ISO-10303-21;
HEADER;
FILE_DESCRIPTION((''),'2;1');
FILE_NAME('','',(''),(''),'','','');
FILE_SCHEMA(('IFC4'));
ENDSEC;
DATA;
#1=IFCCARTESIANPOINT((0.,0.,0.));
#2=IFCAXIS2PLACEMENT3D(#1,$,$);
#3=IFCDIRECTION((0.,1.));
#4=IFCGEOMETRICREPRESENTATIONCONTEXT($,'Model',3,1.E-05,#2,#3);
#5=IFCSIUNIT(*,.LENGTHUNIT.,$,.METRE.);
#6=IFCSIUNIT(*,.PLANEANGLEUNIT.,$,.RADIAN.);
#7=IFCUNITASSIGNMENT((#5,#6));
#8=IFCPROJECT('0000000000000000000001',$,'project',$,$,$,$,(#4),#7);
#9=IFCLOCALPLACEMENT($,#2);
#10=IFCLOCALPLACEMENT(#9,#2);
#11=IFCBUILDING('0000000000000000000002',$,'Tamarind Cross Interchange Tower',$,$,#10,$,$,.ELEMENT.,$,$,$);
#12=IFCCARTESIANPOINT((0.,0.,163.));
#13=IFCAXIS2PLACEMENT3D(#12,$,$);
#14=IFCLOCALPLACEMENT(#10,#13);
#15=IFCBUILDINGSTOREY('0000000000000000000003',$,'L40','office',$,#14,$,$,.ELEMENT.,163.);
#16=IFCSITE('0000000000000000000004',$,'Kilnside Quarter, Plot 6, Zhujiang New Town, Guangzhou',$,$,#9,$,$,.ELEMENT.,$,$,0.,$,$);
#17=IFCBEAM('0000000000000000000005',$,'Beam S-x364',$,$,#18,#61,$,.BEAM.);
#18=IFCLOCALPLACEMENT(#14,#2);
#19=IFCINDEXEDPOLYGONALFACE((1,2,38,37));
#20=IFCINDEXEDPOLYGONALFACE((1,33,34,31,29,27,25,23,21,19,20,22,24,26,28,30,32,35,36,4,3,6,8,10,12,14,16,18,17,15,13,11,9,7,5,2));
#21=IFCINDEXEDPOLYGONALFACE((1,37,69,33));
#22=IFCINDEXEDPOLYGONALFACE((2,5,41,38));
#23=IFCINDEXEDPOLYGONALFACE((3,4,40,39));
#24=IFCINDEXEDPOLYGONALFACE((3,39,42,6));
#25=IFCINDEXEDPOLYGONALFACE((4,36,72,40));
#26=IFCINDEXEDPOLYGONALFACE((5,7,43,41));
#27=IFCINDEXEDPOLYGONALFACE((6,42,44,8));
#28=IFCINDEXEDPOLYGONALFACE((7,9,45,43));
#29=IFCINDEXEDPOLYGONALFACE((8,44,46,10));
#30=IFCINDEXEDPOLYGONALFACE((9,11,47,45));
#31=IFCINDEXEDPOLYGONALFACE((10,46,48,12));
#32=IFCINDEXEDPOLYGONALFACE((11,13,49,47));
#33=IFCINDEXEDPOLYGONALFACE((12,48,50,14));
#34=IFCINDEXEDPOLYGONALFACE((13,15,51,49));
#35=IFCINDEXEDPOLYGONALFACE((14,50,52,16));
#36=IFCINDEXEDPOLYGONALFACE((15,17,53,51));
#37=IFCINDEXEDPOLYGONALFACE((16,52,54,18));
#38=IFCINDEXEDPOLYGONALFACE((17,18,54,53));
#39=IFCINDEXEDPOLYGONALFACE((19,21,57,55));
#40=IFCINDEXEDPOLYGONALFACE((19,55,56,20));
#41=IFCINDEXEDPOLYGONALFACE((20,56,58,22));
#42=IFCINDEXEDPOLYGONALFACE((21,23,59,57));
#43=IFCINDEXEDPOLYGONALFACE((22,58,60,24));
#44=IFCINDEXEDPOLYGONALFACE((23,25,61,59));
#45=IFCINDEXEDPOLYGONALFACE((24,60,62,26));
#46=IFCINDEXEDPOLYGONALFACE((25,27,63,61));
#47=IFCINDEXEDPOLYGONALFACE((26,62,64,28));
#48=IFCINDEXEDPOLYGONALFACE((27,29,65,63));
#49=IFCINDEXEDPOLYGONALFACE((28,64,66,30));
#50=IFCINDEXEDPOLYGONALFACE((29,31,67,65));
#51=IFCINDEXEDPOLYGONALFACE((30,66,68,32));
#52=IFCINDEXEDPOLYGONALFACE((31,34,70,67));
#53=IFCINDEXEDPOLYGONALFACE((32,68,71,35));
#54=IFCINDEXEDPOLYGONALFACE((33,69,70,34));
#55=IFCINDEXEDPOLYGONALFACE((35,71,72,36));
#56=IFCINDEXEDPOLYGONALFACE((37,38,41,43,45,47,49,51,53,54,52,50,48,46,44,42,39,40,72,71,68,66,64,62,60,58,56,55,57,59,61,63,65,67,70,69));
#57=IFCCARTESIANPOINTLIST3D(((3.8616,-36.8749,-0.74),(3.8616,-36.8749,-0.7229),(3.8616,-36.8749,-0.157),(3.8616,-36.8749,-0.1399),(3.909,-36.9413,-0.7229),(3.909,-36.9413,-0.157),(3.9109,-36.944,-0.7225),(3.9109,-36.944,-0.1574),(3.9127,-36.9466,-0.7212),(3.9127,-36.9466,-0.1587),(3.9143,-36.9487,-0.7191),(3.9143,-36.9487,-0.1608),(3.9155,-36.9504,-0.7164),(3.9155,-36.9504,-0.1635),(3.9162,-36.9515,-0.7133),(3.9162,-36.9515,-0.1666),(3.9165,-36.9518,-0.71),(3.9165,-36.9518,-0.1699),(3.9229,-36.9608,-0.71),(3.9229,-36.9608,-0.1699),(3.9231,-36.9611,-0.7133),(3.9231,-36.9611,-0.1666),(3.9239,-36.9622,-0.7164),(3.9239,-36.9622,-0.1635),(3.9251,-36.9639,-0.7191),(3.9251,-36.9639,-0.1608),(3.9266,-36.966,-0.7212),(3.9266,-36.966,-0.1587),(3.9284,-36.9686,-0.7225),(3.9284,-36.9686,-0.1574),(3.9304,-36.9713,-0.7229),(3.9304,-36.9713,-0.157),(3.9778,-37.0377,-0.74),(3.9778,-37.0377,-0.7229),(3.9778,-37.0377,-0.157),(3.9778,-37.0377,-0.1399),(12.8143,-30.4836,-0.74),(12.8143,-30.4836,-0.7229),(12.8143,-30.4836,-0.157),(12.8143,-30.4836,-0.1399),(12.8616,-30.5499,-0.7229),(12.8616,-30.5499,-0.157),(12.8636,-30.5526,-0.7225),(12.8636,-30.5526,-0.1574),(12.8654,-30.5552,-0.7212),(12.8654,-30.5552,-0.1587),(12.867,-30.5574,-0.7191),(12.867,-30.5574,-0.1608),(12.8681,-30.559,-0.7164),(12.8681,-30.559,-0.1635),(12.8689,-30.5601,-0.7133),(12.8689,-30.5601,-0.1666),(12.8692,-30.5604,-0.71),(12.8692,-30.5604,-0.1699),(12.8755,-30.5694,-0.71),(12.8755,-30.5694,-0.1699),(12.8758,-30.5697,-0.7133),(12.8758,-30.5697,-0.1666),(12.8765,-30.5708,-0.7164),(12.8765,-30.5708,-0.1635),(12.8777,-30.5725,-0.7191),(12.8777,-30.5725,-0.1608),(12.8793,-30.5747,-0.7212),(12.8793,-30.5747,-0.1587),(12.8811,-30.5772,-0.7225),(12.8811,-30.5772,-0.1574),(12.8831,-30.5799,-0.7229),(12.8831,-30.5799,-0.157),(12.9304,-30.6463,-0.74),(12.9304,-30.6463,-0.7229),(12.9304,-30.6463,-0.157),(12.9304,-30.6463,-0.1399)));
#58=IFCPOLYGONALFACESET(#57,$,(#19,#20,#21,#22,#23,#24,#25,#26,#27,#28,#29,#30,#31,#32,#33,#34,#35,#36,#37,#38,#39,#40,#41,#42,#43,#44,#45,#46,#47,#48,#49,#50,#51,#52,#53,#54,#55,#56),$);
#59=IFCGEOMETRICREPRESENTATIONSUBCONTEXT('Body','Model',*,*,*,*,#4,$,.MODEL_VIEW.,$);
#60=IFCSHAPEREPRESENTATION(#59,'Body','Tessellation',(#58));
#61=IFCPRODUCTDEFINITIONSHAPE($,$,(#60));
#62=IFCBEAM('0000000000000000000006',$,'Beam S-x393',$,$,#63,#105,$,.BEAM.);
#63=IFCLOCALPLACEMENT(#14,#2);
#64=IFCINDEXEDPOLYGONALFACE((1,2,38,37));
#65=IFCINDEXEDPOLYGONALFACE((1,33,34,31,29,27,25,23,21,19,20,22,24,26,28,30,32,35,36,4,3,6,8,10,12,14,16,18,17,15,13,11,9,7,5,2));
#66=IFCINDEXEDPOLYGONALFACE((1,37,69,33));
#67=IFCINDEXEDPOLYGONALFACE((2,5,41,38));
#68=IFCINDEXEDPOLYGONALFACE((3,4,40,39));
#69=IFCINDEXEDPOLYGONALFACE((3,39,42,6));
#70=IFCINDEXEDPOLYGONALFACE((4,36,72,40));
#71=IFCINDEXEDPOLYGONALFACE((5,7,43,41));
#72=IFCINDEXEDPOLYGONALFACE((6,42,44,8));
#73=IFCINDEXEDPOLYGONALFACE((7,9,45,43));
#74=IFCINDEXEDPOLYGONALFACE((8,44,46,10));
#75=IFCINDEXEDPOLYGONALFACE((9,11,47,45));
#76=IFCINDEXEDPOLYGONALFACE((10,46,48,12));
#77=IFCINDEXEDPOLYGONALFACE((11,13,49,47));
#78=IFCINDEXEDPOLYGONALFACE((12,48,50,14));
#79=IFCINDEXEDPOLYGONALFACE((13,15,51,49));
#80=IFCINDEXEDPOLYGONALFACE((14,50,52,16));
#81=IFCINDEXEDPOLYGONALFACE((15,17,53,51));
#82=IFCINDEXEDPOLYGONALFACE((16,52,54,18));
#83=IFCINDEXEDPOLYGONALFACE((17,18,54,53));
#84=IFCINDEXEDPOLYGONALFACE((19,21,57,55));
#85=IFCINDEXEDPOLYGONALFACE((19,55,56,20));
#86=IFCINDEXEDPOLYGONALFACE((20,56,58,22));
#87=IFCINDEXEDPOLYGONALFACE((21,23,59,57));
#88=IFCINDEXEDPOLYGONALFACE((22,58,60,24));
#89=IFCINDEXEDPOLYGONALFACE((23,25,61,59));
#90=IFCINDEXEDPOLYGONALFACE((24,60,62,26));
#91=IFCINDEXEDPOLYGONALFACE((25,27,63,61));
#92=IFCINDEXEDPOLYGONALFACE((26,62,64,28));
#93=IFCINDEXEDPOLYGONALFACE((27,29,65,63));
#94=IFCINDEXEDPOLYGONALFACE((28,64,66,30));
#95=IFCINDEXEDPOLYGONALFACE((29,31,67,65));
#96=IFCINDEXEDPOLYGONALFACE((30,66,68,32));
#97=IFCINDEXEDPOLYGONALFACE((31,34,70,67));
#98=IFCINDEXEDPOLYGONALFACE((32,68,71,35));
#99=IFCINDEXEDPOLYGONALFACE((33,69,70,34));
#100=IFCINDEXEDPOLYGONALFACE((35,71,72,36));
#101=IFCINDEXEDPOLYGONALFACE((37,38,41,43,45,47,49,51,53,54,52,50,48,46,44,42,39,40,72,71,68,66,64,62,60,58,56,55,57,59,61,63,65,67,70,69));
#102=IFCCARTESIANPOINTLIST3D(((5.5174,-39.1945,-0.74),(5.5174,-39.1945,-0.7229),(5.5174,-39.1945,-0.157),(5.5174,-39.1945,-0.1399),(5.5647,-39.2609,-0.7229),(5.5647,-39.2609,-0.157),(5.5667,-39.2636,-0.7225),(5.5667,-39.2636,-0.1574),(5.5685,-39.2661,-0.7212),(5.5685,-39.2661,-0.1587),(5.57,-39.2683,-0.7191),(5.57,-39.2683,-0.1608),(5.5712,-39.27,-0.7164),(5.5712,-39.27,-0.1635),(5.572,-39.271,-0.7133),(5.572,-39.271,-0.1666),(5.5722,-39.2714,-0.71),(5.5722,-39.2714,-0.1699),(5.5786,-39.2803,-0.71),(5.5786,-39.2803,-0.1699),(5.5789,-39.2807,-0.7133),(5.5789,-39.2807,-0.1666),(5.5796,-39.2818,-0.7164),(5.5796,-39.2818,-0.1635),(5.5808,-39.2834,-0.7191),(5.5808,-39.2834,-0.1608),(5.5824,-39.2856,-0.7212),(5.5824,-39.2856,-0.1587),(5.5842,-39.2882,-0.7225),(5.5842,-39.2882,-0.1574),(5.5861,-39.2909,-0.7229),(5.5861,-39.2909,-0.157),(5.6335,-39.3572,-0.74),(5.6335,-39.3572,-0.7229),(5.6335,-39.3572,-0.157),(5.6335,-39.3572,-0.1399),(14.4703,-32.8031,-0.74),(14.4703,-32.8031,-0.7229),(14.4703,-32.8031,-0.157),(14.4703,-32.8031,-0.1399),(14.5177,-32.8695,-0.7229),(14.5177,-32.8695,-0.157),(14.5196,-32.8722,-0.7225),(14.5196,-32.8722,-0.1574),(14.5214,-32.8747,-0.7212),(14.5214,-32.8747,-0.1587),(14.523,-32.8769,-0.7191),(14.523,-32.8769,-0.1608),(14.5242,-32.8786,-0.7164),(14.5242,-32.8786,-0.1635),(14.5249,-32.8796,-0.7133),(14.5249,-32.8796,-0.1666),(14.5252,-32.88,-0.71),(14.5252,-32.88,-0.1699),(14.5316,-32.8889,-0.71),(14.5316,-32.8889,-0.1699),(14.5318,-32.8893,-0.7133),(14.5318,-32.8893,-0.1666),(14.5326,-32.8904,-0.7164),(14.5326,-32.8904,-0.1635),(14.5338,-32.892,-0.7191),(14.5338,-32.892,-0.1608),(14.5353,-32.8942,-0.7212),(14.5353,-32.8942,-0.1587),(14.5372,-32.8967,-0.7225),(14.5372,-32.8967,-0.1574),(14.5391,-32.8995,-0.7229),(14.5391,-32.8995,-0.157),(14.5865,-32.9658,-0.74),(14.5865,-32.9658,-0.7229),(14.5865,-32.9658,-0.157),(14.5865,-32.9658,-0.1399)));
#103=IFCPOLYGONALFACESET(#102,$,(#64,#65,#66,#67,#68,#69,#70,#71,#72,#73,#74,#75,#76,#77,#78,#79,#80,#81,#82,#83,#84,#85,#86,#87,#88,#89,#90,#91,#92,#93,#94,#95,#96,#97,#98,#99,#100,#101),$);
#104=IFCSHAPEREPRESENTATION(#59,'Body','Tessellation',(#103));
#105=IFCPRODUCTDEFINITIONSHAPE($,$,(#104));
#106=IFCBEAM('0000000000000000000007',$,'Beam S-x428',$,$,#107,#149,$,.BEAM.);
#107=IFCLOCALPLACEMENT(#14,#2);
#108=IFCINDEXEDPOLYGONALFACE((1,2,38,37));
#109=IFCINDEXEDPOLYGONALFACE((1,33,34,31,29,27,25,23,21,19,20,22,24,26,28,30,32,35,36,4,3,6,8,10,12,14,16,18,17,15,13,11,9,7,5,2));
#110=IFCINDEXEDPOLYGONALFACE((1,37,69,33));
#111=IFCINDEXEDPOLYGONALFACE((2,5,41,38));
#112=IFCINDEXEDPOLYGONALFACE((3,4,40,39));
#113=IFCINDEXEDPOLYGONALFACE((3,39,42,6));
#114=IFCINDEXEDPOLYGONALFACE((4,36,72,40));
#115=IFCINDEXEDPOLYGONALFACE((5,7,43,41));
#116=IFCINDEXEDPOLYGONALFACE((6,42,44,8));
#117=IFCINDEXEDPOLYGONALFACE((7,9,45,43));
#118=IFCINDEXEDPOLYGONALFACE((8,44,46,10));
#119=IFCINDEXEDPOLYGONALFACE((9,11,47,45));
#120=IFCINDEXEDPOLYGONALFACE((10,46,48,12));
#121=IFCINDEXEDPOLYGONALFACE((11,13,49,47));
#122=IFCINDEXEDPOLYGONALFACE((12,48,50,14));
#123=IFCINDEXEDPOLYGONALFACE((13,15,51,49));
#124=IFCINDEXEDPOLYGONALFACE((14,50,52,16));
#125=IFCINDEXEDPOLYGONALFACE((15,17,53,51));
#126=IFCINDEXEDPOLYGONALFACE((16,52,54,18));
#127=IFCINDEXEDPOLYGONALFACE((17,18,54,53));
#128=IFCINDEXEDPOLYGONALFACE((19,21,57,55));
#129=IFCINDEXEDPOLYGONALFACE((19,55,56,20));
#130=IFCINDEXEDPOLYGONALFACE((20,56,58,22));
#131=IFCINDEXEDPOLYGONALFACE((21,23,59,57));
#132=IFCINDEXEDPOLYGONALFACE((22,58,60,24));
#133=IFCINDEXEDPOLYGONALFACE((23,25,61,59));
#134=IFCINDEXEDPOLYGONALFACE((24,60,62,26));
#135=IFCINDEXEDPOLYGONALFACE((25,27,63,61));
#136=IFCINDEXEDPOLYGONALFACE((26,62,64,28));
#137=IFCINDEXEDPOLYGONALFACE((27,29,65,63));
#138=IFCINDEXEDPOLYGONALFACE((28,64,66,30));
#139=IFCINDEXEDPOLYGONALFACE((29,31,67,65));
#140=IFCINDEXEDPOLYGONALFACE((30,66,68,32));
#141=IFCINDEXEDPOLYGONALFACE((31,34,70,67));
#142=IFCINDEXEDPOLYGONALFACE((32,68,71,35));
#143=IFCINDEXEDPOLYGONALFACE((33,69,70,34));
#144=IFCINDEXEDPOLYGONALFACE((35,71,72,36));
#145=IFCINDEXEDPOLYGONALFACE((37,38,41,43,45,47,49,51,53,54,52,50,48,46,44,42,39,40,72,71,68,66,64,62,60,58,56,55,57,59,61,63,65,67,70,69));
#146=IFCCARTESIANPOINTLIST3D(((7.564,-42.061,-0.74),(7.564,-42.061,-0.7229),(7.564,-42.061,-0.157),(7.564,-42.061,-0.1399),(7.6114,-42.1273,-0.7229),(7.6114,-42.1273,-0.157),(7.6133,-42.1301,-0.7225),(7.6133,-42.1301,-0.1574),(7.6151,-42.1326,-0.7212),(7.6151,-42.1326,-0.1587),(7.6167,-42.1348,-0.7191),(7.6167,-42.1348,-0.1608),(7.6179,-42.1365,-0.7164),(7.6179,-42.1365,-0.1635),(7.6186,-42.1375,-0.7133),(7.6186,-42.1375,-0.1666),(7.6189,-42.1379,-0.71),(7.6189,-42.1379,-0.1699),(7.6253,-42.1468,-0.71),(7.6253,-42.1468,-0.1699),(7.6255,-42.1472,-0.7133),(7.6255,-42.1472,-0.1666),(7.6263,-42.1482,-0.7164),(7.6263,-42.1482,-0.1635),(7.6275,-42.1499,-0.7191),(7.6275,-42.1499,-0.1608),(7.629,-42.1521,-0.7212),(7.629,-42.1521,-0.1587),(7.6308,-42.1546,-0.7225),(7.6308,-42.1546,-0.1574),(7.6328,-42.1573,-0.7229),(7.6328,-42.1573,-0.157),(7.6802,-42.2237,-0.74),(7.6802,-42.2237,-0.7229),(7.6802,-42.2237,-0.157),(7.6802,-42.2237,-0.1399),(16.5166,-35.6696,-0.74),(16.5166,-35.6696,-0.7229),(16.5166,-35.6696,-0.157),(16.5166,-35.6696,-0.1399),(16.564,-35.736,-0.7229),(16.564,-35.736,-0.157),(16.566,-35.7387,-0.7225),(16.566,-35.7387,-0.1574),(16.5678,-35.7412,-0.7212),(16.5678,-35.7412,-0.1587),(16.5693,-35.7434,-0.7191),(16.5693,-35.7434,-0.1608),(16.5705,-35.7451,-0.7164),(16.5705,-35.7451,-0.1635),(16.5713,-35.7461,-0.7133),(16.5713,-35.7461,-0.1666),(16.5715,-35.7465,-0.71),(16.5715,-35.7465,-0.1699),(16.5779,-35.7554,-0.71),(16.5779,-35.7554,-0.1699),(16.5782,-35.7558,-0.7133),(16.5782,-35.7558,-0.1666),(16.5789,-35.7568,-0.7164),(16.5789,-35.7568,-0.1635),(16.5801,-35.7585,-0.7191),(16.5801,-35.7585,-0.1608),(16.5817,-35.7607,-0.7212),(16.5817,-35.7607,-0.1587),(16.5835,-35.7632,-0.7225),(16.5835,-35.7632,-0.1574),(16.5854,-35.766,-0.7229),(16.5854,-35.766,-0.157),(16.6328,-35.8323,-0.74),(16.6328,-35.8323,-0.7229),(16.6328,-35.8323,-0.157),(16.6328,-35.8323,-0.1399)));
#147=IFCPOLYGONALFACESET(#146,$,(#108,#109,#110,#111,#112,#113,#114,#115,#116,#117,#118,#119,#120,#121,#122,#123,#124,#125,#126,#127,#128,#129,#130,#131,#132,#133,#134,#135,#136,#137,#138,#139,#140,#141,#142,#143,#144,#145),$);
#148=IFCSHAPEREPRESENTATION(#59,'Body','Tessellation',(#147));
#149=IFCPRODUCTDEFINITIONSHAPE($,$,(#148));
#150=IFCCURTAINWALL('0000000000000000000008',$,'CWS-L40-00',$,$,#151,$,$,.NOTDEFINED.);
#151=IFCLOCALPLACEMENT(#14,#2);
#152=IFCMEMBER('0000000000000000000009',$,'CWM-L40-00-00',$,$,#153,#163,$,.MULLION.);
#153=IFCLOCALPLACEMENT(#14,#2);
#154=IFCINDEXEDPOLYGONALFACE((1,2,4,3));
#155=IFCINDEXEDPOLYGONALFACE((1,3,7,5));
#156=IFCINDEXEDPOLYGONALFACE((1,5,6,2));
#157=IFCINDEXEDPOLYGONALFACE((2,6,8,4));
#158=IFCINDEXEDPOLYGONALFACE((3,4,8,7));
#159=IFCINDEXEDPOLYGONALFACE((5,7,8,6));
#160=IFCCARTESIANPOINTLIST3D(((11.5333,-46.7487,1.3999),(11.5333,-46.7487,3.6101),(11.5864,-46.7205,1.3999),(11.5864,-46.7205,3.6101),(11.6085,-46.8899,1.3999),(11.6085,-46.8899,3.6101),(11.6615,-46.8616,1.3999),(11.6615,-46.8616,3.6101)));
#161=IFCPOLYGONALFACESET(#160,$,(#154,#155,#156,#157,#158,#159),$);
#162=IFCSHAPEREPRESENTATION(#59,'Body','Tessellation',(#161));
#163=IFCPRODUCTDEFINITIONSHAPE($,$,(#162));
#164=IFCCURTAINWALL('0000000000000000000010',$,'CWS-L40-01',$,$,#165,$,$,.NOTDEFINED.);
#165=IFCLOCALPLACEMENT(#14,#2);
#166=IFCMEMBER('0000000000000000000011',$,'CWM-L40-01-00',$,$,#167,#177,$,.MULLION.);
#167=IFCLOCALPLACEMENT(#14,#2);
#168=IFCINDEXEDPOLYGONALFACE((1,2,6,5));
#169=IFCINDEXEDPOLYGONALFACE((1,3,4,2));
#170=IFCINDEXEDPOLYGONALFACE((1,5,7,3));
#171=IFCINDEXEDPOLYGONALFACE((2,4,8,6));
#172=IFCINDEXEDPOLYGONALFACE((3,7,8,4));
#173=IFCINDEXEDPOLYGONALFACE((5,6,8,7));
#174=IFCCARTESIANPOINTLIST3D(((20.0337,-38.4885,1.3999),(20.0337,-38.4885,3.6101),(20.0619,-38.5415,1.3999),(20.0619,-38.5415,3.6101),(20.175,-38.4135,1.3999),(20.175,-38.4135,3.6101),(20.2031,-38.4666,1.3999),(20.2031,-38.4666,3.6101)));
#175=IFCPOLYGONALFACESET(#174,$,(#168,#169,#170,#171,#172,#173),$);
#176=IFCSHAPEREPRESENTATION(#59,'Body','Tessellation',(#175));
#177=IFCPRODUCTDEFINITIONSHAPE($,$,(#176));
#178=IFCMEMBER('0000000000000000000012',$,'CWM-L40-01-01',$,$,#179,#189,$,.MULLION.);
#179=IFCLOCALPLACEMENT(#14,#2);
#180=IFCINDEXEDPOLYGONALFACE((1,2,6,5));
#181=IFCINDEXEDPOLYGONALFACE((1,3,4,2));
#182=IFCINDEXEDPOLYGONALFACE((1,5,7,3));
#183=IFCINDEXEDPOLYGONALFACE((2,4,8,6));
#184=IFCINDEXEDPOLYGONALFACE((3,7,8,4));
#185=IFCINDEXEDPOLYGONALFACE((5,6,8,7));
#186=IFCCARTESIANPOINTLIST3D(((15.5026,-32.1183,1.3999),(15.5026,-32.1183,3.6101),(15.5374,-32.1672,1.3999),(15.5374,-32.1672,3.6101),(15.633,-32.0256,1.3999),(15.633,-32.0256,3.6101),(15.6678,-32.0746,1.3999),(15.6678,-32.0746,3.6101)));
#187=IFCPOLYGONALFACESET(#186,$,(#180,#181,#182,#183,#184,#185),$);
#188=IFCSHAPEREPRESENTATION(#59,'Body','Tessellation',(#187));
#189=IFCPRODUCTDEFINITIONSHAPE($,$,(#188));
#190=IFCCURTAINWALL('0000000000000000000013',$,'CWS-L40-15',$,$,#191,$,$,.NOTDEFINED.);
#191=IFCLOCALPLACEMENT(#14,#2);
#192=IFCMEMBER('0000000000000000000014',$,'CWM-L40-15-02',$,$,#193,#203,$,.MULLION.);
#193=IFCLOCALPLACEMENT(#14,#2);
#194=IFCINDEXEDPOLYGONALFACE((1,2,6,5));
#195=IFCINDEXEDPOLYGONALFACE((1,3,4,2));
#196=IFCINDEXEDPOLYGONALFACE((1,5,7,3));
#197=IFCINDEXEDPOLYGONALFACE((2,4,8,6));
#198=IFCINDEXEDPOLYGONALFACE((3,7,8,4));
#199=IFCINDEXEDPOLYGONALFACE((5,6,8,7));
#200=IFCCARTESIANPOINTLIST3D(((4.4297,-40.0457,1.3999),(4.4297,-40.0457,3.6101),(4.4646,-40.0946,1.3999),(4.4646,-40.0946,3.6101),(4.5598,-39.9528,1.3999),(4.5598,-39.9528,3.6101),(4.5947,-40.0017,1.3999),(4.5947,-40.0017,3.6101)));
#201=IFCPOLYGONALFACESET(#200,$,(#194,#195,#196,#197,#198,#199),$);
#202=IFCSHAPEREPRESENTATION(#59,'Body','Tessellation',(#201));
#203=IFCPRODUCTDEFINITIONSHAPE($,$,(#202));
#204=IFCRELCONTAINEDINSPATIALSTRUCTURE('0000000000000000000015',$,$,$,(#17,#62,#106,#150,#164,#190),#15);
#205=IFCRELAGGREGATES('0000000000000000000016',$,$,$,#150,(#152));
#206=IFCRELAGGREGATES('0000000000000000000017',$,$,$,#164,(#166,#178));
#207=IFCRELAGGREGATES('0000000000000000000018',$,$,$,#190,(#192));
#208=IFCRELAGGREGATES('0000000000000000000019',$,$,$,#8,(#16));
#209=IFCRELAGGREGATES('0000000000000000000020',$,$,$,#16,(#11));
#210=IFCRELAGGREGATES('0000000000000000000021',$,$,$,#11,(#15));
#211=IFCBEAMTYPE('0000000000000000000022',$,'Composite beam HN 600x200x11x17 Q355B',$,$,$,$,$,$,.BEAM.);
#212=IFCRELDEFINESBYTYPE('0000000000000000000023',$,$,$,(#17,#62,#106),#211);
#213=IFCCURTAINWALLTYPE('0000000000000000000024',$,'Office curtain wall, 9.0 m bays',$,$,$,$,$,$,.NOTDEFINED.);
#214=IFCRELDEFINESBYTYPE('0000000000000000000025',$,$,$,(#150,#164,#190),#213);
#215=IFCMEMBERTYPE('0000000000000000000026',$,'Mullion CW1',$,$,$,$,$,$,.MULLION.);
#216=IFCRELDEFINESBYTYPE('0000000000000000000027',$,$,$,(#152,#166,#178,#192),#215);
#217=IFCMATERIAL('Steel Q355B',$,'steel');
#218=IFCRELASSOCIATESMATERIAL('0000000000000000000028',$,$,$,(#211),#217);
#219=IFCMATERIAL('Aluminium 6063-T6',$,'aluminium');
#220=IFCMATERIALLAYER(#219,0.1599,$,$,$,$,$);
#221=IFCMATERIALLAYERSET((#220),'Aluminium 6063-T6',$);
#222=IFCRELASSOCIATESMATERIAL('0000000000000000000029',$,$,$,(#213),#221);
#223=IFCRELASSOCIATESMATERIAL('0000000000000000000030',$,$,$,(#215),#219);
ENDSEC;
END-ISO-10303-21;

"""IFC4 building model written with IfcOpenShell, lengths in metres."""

from ifc_helpers import new_model, si_unit, direction, frame, origin, origin_2d, place, context, subcontext, project, spatial, rectangle, i_section, extrude, material, layer, layer_set, material_profile, profile_set, type_object, element, aggregate, save


model = new_model("IFC4")

# Units and contexts
model_context = context("Model", 3, precision=1e-05, world=origin(), true_north=direction((0.0, 1.0)))
body_context = subcontext(model_context, "Body", "Model", "MODEL_VIEW")
ifc_project = project(units=[si_unit("LENGTHUNIT", "METRE"), si_unit("PLANEANGLEUNIT", "RADIAN")], contexts=[model_context])

# Site, building, storey
site_placement = place(None, origin())
site = spatial("IfcSite", under=ifc_project, at=site_placement, Name="Kilnside Quarter, Plot 6, Zhujiang New Town, Guangzhou", CompositionType="ELEMENT", RefElevation=0.0)
building_placement = place(site_placement, origin())
building = spatial("IfcBuilding", under=site, at=building_placement, Name="Tamarind Cross Interchange Tower", CompositionType="ELEMENT")
storey_placement = place(building_placement, frame((0.0, 0.0, 163.0)))
storey = spatial("IfcBuildingStorey", under=building, at=storey_placement, Name="L40", Description="office", CompositionType="ELEMENT", Elevation=163.0)

# Beams
ifc_material_1 = material(Name="Steel Q355B", Category="steel")
ifc_material_profile_1 = material_profile(ifc_material_1, i_section(OverallWidth=0.2, OverallDepth=0.6001, WebThickness=0.011, FlangeThickness=0.0171, FilletRadius=0.0129, at=origin_2d()), Name="HN 600x200x11x17")
ifc_profile_set_1 = profile_set([ifc_material_profile_1], Name="Steel Q355B")
beam_type_1 = type_object("IfcBeamType", Name="Composite beam HN 600x200x11x17 Q355B", PredefinedType="BEAM", material=ifc_profile_set_1)
beam_1_placement = place(storey_placement, frame((3.9197, -36.9563, -0.4399), z_axis=(0.813879, 0.581035, 0.0), x_axis=(-0.581035, 0.813879, 0.0)))
element("IfcBeam", 1, at=beam_1_placement, inside=storey, type_object=beam_type_1, Name="Beam S-x364", PredefinedType="BEAM", context=body_context, shape_type="SweptSolid", body=[
    extrude(i_section(OverallWidth=0.2, OverallDepth=0.6001, WebThickness=0.011, FlangeThickness=0.0171, FilletRadius=0.0129, at=origin_2d()), origin(), (0.0, 0.0, 1.0), 11.0),
])
beam_2_placement = place(storey_placement, frame((5.5754, -39.2759, -0.4399), z_axis=(0.813886, 0.581024, 0.0), x_axis=(-0.581024, 0.813886, 0.0)))
element("IfcBeam", 2, at=beam_2_placement, inside=storey, type_object=beam_type_1, Name="Beam S-x393", PredefinedType="BEAM", context=body_context, shape_type="SweptSolid", body=[
    extrude(i_section(OverallWidth=0.2, OverallDepth=0.6001, WebThickness=0.011, FlangeThickness=0.0171, FilletRadius=0.0129, at=origin_2d()), origin(), (0.0, 0.0, 1.0), 11.0002),
])
beam_3_placement = place(storey_placement, frame((7.6221, -42.1423, -0.4399), z_axis=(0.813879, 0.581035, 0.0), x_axis=(-0.581035, 0.813879, 0.0)))
element("IfcBeam", 3, at=beam_3_placement, inside=storey, type_object=beam_type_1, Name="Beam S-x428", PredefinedType="BEAM", context=body_context, shape_type="SweptSolid", body=[
    extrude(i_section(OverallWidth=0.2, OverallDepth=0.6001, WebThickness=0.011, FlangeThickness=0.0171, FilletRadius=0.0129, at=origin_2d()), origin(), (0.0, 0.0, 1.0), 11.0),
])

# Curtain wall, member
ifc_material_2 = material(Name="Aluminium 6063-T6", Category="aluminium")
ifc_layer_1 = layer(ifc_material_2, 0.1599)
ifc_layer_set_1 = layer_set([ifc_layer_1], Name="Aluminium 6063-T6")
curtain_wall_type = type_object("IfcCurtainWallType", Name="Office curtain wall, 9.0 m bays", PredefinedType="NOTDEFINED", material=ifc_layer_set_1)
curtain_wall_1_placement = place(storey_placement, origin())
curtain_wall_1 = element("IfcCurtainWall", 4, at=curtain_wall_1_placement, inside=storey, type_object=curtain_wall_type, Name="CWS-L40-00", PredefinedType="NOTDEFINED")
ifc_material_profile_2 = material_profile(ifc_material_2, rectangle(XDim=0.0601, YDim=0.1599, at=origin_2d()), Name="Mullion CW1")
ifc_profile_set_2 = profile_set([ifc_material_profile_2], Name="Aluminium 6063-T6")
member_type = type_object("IfcMemberType", Name="Mullion CW1", PredefinedType="MULLION", material=ifc_profile_set_2)
member_1_placement = place(storey_placement, frame((11.5974, -46.8052, 1.3999), z_axis=(0.0, 0.0, 1.0), x_axis=(0.882757, 0.469829, 0.0)))
member_1 = element("IfcMember", 5, at=member_1_placement, type_object=member_type, Name="CWM-L40-00-00", PredefinedType="MULLION", context=body_context, shape_type="SweptSolid", body=[
    extrude(rectangle(XDim=0.0601, YDim=0.1599, at=origin_2d()), origin(), (0.0, 0.0, 1.0), 2.2102),
])
aggregate(curtain_wall_1, [member_1])

# Curtain wall, members
curtain_wall_2_placement = place(storey_placement, origin())
curtain_wall_2 = element("IfcCurtainWall", 6, at=curtain_wall_2_placement, inside=storey, type_object=curtain_wall_type, Name="CWS-L40-01", PredefinedType="NOTDEFINED")
member_2_placement = place(storey_placement, frame((20.1184, -38.4775, 1.3999), z_axis=(0.0, 0.0, 1.0), x_axis=(-0.468813, 0.883297, 0.0)))
member_2 = element("IfcMember", 7, at=member_2_placement, type_object=member_type, Name="CWM-L40-01-00", PredefinedType="MULLION", context=body_context, shape_type="SweptSolid", body=[
    extrude(rectangle(XDim=0.0601, YDim=0.1599, at=origin_2d()), origin(), (0.0, 0.0, 1.0), 2.2102),
])
member_3_placement = place(storey_placement, frame((15.5852, -32.0964, 1.3999), z_axis=(0.0, 0.0, 1.0), x_axis=(-0.579159, 0.815215, 0.0)))
member_3 = element("IfcMember", 8, at=member_3_placement, type_object=member_type, Name="CWM-L40-01-01", PredefinedType="MULLION", context=body_context, shape_type="SweptSolid", body=[
    extrude(rectangle(XDim=0.0601, YDim=0.1599, at=origin_2d()), origin(), (0.0, 0.0, 1.0), 2.2102),
])
aggregate(curtain_wall_2, [member_2, member_3])

# Curtain wall, member
curtain_wall_3_placement = place(storey_placement, origin())
curtain_wall_3 = element("IfcCurtainWall", 9, at=curtain_wall_3_placement, inside=storey, type_object=curtain_wall_type, Name="CWS-L40-15", PredefinedType="NOTDEFINED")
member_4_placement = place(storey_placement, frame((4.5122, -40.0237, 1.3999), z_axis=(0.0, 0.0, 1.0), x_axis=(0.581033, -0.81388, 0.0)))
member_4 = element("IfcMember", 10, at=member_4_placement, type_object=member_type, Name="CWM-L40-15-02", PredefinedType="MULLION", context=body_context, shape_type="SweptSolid", body=[
    extrude(rectangle(XDim=0.0601, YDim=0.1599, at=origin_2d()), origin(), (0.0, 0.0, 1.0), 2.2102),
])
aggregate(curtain_wall_3, [member_4])

save(model, "model.ifc")
